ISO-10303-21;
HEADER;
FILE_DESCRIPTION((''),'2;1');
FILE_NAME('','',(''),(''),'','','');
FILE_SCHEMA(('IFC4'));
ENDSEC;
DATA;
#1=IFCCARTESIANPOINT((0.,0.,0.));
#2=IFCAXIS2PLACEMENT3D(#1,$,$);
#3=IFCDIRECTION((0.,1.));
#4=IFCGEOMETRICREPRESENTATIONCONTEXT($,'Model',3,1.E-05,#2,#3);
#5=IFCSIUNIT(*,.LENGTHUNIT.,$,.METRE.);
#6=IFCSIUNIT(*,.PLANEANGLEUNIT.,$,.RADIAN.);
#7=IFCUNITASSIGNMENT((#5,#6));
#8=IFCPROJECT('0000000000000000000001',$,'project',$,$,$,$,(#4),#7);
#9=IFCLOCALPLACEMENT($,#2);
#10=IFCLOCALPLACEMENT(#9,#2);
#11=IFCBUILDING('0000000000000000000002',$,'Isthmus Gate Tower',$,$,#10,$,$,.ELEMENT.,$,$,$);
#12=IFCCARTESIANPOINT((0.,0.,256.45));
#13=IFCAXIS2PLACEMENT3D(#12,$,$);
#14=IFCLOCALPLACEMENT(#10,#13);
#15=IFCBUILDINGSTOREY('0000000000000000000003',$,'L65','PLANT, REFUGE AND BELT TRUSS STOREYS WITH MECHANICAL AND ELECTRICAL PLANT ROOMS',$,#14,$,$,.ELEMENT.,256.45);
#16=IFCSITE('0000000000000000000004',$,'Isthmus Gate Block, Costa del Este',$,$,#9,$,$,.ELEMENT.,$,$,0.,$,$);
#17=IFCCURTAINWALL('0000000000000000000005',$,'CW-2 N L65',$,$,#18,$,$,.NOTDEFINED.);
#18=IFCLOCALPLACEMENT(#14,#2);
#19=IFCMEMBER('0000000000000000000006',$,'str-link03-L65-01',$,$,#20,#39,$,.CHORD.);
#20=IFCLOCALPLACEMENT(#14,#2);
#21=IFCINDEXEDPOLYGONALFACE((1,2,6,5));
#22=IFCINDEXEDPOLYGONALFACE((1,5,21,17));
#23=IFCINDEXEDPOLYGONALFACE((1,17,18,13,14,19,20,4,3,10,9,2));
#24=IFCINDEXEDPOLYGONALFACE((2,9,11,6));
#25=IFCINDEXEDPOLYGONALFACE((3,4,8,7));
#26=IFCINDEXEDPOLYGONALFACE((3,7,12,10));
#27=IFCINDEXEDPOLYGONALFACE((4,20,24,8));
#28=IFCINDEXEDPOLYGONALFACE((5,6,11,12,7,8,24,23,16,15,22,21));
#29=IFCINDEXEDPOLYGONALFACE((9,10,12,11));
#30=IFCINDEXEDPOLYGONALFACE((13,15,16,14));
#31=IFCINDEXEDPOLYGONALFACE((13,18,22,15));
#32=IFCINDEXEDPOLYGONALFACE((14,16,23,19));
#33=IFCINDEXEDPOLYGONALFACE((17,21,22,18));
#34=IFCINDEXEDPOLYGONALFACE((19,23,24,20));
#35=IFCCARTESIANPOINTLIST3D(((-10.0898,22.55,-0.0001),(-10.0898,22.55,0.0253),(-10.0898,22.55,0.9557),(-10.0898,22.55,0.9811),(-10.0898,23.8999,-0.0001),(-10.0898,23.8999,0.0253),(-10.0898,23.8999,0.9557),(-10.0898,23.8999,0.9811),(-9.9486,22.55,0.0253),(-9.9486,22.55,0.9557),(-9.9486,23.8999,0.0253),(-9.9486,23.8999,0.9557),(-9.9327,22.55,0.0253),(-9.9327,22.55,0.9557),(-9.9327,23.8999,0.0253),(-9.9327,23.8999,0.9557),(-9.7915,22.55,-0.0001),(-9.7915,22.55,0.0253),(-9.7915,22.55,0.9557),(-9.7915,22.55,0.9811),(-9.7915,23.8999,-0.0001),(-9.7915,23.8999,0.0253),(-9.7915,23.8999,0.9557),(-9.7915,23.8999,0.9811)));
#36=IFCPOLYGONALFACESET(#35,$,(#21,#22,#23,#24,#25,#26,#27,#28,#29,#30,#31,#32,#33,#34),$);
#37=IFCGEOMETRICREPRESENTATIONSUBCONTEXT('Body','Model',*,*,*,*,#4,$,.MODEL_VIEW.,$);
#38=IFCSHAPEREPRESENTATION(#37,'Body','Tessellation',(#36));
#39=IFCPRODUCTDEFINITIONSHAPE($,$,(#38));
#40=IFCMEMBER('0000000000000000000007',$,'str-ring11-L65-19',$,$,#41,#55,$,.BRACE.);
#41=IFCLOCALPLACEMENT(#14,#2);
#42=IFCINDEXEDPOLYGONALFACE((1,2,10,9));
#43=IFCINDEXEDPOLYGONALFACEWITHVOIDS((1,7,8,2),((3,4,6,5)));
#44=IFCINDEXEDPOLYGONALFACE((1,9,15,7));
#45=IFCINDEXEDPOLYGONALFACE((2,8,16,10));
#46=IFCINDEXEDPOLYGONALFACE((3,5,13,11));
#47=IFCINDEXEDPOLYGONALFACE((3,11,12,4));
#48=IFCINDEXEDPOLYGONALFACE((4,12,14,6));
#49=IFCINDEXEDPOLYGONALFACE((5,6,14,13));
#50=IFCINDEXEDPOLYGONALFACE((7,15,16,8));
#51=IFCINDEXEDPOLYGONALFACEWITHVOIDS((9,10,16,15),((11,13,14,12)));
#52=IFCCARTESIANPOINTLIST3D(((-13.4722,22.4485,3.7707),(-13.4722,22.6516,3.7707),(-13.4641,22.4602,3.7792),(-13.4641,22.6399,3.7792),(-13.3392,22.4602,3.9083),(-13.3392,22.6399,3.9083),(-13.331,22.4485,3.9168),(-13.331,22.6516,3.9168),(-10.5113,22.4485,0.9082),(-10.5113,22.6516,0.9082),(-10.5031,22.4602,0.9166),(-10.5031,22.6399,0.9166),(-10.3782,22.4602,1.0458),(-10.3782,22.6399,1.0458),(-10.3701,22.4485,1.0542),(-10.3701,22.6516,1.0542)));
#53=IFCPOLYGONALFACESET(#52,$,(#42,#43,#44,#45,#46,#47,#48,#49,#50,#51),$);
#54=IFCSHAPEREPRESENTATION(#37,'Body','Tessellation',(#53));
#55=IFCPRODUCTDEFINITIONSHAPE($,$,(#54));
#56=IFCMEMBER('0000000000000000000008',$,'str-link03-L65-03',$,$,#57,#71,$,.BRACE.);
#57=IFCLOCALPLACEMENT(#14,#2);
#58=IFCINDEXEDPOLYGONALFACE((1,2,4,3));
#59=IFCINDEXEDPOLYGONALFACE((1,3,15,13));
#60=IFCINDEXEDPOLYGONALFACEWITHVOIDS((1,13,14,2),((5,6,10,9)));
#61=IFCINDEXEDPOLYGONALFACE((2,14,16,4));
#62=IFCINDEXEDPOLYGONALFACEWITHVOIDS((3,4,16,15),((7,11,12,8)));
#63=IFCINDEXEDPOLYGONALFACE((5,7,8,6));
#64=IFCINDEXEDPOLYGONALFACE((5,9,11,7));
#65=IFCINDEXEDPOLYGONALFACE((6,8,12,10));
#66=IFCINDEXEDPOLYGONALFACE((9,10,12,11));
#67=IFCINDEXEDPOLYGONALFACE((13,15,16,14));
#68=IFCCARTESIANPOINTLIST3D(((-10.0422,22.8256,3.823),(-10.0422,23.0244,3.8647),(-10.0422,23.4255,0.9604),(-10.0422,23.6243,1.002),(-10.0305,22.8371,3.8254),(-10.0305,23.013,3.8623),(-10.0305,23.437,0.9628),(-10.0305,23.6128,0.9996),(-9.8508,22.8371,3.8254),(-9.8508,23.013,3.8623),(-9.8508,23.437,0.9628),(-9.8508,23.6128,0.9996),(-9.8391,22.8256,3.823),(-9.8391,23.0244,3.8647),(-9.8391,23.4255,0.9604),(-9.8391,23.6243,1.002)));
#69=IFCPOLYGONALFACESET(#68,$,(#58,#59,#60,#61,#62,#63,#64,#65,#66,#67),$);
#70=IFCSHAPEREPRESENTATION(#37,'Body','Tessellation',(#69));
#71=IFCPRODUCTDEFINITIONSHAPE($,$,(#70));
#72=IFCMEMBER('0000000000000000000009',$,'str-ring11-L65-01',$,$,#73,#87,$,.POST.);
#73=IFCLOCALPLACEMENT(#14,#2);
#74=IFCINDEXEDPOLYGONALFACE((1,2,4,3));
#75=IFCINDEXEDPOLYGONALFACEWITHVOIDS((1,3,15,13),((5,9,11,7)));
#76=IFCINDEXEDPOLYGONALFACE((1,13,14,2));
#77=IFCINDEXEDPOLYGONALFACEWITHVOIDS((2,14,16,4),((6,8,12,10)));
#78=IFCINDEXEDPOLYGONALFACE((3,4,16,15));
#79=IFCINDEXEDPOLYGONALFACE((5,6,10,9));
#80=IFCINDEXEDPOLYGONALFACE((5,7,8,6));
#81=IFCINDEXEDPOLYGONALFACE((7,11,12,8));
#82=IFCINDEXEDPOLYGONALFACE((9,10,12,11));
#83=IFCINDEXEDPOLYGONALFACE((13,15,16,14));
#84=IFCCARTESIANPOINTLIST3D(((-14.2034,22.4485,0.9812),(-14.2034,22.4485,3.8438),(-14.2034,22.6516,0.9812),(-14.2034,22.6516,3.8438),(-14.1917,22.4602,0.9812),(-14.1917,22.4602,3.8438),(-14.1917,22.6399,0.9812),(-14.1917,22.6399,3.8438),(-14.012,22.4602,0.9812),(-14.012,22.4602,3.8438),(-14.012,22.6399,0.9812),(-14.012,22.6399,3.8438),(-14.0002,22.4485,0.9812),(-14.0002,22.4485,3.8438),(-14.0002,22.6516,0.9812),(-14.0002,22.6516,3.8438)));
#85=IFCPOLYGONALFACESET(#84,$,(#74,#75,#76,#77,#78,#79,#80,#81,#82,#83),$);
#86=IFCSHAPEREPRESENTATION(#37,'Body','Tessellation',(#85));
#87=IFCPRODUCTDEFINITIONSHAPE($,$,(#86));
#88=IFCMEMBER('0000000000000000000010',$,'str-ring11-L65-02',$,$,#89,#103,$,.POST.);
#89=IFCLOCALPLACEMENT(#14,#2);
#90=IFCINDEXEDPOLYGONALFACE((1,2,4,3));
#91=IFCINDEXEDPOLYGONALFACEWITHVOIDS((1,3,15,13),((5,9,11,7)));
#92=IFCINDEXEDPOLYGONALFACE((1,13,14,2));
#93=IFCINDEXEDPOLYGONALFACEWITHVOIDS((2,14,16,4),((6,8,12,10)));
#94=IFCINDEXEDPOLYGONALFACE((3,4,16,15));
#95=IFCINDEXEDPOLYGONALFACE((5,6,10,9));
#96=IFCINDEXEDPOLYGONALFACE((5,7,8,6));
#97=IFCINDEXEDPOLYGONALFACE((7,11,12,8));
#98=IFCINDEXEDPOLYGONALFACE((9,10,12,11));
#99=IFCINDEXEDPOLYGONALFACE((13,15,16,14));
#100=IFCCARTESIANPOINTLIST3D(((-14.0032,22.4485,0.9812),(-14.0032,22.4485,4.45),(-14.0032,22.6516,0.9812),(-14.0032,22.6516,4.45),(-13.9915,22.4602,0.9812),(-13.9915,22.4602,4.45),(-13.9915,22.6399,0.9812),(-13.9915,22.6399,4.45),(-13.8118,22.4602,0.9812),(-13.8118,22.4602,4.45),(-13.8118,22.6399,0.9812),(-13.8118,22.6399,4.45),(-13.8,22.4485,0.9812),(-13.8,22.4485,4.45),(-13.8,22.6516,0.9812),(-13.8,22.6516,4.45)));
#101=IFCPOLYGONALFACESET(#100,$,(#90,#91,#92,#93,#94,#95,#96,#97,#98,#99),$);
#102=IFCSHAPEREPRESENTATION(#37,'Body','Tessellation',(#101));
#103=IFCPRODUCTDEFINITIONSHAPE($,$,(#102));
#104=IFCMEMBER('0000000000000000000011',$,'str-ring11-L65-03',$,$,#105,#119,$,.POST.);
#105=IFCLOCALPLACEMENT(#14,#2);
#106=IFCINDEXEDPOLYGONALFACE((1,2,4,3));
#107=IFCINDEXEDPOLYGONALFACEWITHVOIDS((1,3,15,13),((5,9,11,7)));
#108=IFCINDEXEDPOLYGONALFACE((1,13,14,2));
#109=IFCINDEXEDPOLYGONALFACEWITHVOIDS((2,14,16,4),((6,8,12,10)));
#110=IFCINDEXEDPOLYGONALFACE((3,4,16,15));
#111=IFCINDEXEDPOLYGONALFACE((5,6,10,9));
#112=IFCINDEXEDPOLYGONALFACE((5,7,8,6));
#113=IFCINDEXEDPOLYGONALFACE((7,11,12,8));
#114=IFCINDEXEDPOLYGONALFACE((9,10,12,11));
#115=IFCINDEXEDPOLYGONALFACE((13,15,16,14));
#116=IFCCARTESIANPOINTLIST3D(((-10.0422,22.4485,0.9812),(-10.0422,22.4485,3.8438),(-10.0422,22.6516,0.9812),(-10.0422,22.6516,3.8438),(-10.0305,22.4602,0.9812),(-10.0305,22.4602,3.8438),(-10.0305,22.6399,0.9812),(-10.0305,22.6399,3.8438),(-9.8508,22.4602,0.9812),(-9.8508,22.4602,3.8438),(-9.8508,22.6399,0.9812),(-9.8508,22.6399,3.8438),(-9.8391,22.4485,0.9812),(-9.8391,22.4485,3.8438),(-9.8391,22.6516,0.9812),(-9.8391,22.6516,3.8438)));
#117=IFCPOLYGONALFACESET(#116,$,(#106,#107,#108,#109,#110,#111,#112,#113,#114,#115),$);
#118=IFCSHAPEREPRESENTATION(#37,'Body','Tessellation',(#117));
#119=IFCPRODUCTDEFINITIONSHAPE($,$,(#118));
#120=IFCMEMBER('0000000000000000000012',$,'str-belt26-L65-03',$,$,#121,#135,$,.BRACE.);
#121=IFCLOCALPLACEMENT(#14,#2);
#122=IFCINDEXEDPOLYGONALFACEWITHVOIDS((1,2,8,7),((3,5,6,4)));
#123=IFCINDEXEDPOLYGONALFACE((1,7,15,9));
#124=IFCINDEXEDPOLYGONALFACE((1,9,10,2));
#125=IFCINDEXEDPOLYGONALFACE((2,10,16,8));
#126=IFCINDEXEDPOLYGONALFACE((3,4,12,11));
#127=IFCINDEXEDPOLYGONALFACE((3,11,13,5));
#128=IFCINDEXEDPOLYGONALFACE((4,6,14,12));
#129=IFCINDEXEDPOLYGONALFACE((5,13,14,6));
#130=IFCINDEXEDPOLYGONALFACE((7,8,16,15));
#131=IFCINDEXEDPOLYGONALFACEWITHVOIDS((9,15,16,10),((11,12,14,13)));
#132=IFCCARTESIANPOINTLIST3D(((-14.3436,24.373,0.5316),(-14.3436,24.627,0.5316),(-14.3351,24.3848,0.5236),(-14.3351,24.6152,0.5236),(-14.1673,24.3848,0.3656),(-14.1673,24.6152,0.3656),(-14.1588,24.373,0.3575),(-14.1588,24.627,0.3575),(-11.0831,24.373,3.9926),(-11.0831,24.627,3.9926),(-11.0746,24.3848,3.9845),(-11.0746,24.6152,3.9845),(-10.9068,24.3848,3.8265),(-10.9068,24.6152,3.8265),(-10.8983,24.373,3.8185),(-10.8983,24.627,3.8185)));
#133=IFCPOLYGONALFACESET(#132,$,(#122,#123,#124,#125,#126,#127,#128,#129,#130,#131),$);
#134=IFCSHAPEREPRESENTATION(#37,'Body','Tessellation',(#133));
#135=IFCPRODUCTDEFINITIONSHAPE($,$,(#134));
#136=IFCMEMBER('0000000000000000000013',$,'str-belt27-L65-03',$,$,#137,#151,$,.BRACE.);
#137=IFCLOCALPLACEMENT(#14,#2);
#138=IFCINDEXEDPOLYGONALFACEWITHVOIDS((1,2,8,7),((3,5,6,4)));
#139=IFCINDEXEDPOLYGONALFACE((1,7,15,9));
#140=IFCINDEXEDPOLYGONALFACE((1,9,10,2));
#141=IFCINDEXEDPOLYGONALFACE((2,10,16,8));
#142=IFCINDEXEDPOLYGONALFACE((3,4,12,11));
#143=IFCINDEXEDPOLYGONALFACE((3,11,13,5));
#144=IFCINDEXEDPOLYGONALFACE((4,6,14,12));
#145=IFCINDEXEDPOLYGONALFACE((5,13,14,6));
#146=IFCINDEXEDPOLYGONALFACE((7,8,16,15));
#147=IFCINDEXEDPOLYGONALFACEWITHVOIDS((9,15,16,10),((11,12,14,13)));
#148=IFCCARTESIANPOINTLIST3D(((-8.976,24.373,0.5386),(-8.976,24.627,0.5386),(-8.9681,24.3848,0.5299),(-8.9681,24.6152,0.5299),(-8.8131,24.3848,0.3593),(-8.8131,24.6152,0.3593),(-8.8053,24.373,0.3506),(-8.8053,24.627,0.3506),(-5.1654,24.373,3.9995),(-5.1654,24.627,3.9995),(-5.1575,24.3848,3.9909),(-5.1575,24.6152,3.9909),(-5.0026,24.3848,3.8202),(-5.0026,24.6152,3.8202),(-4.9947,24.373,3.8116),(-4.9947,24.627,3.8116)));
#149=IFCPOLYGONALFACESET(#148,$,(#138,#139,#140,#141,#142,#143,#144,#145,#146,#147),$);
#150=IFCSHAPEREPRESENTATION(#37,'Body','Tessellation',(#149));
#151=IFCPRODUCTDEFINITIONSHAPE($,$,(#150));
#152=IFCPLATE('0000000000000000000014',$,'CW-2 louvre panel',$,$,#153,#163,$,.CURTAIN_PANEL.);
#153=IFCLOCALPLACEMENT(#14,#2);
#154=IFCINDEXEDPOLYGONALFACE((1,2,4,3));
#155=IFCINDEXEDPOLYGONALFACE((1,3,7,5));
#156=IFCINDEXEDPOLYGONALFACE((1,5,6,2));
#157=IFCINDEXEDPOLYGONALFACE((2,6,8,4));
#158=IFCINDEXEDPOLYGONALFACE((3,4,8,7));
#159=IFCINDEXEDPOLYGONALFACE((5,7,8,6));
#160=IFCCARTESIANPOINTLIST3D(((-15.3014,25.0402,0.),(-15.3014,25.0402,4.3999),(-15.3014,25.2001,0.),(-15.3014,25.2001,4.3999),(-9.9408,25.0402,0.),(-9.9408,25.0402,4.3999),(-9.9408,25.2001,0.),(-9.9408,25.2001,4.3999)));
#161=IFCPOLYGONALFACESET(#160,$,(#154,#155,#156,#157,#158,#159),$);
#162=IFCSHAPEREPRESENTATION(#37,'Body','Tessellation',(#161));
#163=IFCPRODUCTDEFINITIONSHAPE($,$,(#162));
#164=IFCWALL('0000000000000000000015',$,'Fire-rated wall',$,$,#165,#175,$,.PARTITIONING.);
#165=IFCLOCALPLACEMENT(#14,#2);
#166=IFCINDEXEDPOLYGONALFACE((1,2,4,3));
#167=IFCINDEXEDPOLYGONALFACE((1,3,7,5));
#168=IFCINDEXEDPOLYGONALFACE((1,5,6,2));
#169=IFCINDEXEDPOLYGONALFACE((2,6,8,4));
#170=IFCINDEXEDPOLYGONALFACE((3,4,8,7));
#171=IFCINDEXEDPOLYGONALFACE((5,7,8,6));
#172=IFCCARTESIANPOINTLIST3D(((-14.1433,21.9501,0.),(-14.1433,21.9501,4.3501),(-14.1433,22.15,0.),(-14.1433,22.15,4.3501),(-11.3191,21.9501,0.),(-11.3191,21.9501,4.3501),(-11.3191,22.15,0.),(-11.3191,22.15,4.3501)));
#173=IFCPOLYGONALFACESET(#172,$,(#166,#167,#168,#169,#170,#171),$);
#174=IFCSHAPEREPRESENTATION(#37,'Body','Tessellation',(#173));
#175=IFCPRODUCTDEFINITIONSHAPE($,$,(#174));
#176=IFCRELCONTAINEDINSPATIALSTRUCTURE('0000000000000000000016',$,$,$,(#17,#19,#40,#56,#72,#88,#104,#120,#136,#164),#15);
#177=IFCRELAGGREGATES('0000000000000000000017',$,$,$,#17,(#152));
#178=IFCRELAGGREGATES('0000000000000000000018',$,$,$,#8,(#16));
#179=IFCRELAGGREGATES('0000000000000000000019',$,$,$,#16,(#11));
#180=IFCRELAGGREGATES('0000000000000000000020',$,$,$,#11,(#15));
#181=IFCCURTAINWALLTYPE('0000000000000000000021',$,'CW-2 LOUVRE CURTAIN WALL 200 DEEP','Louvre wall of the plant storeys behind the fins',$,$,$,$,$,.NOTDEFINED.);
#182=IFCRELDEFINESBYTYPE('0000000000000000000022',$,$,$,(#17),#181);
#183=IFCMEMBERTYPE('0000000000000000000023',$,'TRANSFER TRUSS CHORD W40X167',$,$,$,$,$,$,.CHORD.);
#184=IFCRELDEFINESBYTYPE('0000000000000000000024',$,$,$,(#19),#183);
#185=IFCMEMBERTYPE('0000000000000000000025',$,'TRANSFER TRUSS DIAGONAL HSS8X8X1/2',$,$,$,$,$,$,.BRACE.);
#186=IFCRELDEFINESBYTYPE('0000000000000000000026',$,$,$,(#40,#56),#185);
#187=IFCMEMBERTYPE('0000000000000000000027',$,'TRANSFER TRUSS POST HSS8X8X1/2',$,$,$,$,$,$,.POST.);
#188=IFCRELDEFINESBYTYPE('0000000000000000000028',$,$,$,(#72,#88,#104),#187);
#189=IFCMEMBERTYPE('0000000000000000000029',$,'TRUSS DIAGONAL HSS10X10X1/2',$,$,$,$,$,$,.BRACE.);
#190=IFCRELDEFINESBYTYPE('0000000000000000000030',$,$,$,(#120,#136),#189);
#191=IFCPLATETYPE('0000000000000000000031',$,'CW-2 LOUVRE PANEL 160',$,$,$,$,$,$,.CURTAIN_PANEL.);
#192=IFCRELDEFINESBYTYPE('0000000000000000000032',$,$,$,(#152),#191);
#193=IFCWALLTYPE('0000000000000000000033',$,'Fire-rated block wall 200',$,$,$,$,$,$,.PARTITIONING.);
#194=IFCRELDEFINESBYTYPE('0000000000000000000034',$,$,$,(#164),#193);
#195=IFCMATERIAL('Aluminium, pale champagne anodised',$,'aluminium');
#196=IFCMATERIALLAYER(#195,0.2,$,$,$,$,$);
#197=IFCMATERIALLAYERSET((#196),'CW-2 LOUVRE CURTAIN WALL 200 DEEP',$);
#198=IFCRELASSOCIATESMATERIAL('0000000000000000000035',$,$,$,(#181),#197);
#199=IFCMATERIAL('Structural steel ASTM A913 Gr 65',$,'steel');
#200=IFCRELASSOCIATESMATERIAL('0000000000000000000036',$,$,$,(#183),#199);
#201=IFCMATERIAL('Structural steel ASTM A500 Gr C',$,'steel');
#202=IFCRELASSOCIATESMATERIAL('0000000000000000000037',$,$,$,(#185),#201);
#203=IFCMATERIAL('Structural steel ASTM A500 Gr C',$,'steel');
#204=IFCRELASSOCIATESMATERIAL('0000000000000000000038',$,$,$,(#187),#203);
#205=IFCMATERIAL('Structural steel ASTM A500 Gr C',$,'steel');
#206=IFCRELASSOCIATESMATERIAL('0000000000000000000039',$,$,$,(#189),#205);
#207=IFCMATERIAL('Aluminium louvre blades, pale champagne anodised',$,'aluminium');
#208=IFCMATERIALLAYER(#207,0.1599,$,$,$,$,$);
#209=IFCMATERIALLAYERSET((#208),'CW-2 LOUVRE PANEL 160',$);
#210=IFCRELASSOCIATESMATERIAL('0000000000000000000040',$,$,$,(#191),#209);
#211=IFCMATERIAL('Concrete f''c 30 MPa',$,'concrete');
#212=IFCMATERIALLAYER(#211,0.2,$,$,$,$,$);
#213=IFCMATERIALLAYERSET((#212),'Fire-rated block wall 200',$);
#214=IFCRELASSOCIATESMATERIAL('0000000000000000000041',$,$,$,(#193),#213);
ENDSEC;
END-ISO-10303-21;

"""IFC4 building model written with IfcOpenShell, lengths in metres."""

from ifc_helpers import new_model, si_unit, direction, frame, frame_2d, origin, origin_2d, place, context, subcontext, project, spatial, rectangle, hollow_rectangle, i_section, extrude, material, layer, layer_set, material_profile, profile_set, type_object, element, aggregate, save


model = new_model("IFC4")

# Units and contexts
model_context = context("Model", 3, precision=1e-05, world=origin(), true_north=direction((0.0, 1.0)))
body_context = subcontext(model_context, "Body", "Model", "MODEL_VIEW")
ifc_project = project(units=[si_unit("LENGTHUNIT", "METRE"), si_unit("PLANEANGLEUNIT", "RADIAN")], contexts=[model_context])

# Site, building, storey
site_placement = place(None, origin())
site = spatial("IfcSite", under=ifc_project, at=site_placement, Name="Isthmus Gate Block, Costa del Este", CompositionType="ELEMENT", RefElevation=0.0)
building_placement = place(site_placement, origin())
building = spatial("IfcBuilding", under=site, at=building_placement, Name="Isthmus Gate Tower", CompositionType="ELEMENT")
storey_placement = place(building_placement, frame((0.0, 0.0, 256.45)))
storey = spatial("IfcBuildingStorey", under=building, at=storey_placement, Name="L65", Description="PLANT, REFUGE AND BELT TRUSS STOREYS WITH MECHANICAL AND ELECTRICAL PLANT ROOMS", CompositionType="ELEMENT", Elevation=256.45)

# Curtain wall
ifc_material_1 = material(Name="Aluminium, pale champagne anodised", Category="aluminium")
ifc_layer_1 = layer(ifc_material_1, 0.2)
ifc_layer_set_1 = layer_set([ifc_layer_1], Name="CW-2 LOUVRE CURTAIN WALL 200 DEEP")
curtain_wall_type = type_object("IfcCurtainWallType", Name="CW-2 LOUVRE CURTAIN WALL 200 DEEP", Description="Louvre wall of the plant storeys behind the fins", PredefinedType="NOTDEFINED", material=ifc_layer_set_1)
curtain_wall_placement = place(storey_placement, origin())
curtain_wall = element("IfcCurtainWall", 1, at=curtain_wall_placement, inside=storey, type_object=curtain_wall_type, Name="CW-2 N L65", PredefinedType="NOTDEFINED")

# Members
ifc_material_2 = material(Name="Structural steel ASTM A913 Gr 65", Category="steel")
ifc_material_profile_1 = material_profile(ifc_material_2, i_section(OverallWidth=0.2983, OverallDepth=0.9812, WebThickness=0.0159, FlangeThickness=0.0254, at=origin_2d()), Name="W40X167")
ifc_profile_set_1 = profile_set([ifc_material_profile_1], Name="Structural steel ASTM A913 Gr 65")
member_type_1 = type_object("IfcMemberType", Name="TRANSFER TRUSS CHORD W40X167", PredefinedType="CHORD", material=ifc_profile_set_1)
member_1_placement = place(storey_placement, frame((-9.9407, 23.8999, 0.4905), z_axis=(0.0, -1.0, 0.0), x_axis=(1.0, 0.0, 0.0)))
element("IfcMember", 2, at=member_1_placement, inside=storey, type_object=member_type_1, Name="str-link03-L65-01", PredefinedType="CHORD", context=body_context, shape_type="SweptSolid", body=[
    extrude(i_section(OverallWidth=0.2983, OverallDepth=0.9812, WebThickness=0.0159, FlangeThickness=0.0254, at=origin_2d()), origin(), (0.0, 0.0, 1.0), 1.3499),
])
ifc_material_3 = material(Name="Structural steel ASTM A500 Gr C", Category="steel")
ifc_material_profile_2 = material_profile(ifc_material_3, hollow_rectangle(XDim=0.2031, YDim=0.2031, WallThickness=0.0117, at=origin_2d()), Name="HSS8X8X1/2")
ifc_profile_set_2 = profile_set([ifc_material_profile_2], Name="Structural steel ASTM A500 Gr C")
member_type_2 = type_object("IfcMemberType", Name="TRANSFER TRUSS DIAGONAL HSS8X8X1/2", PredefinedType="BRACE", material=ifc_profile_set_2)
member_2_placement = place(storey_placement, frame((-10.4407, 22.55, 0.9812), z_axis=(-0.718951, 0.0, 0.695061), x_axis=(0.0, -1.0, 0.0)))
element("IfcMember", 3, at=member_2_placement, inside=storey, type_object=member_type_2, Name="str-ring11-L65-19", PredefinedType="BRACE", context=body_context, shape_type="SweptSolid", body=[
    extrude(hollow_rectangle(XDim=0.2031, YDim=0.2031, WallThickness=0.0117, at=origin_2d()), origin(), (0.0, 0.0, 1.0), 4.1184),
])
member_3_placement = place(storey_placement, frame((-9.9407, 23.5249, 0.9812), z_axis=(0.0, -0.205097, 0.978742), x_axis=(1.0, 0.0, 0.0)))
element("IfcMember", 4, at=member_3_placement, inside=storey, type_object=member_type_2, Name="str-link03-L65-03", PredefinedType="BRACE", context=body_context, shape_type="SweptSolid", body=[
    extrude(hollow_rectangle(XDim=0.2031, YDim=0.2031, WallThickness=0.0117, at=origin_2d()), origin(), (0.0, 0.0, 1.0), 2.9248),
])
ifc_material_4 = material(Name="Structural steel ASTM A500 Gr C", Category="steel")
ifc_material_profile_3 = material_profile(ifc_material_4, hollow_rectangle(XDim=0.2031, YDim=0.2031, WallThickness=0.0117, at=origin_2d()), Name="HSS8X8X1/2")
ifc_profile_set_3 = profile_set([ifc_material_profile_3], Name="Structural steel ASTM A500 Gr C")
member_type_3 = type_object("IfcMemberType", Name="TRANSFER TRUSS POST HSS8X8X1/2", PredefinedType="POST", material=ifc_profile_set_3)
member_4_placement = place(storey_placement, frame((-14.1018, 22.55, 0.9812), z_axis=(0.0, 0.0, 1.0), x_axis=(1.0, 0.0, 0.0)))
element("IfcMember", 5, at=member_4_placement, inside=storey, type_object=member_type_3, Name="str-ring11-L65-01", PredefinedType="POST", context=body_context, shape_type="SweptSolid", body=[
    extrude(hollow_rectangle(XDim=0.2031, YDim=0.2031, WallThickness=0.0117, at=origin_2d()), origin(), (0.0, 0.0, 1.0), 2.8625),
])
member_5_placement = place(storey_placement, frame((-13.9016, 22.55, 0.9812), z_axis=(0.0, 0.0, 1.0), x_axis=(1.0, 0.0, 0.0)))
element("IfcMember", 6, at=member_5_placement, inside=storey, type_object=member_type_3, Name="str-ring11-L65-02", PredefinedType="POST", context=body_context, shape_type="SweptSolid", body=[
    extrude(hollow_rectangle(XDim=0.2031, YDim=0.2031, WallThickness=0.0117, at=origin_2d()), origin(), (0.0, 0.0, 1.0), 3.4688),
])
member_6_placement = place(storey_placement, frame((-9.9407, 22.55, 0.9812), z_axis=(0.0, 0.0, 1.0), x_axis=(1.0, 0.0, 0.0)))
element("IfcMember", 7, at=member_6_placement, inside=storey, type_object=member_type_3, Name="str-ring11-L65-03", PredefinedType="POST", context=body_context, shape_type="SweptSolid", body=[
    extrude(hollow_rectangle(XDim=0.2031, YDim=0.2031, WallThickness=0.0117, at=origin_2d()), origin(), (0.0, 0.0, 1.0), 2.8625),
])
ifc_material_5 = material(Name="Structural steel ASTM A500 Gr C", Category="steel")
ifc_material_profile_4 = material_profile(ifc_material_5, hollow_rectangle(XDim=0.2539, YDim=0.2539, WallThickness=0.0117, at=origin_2d()), Name="HSS10X10X1/2")
ifc_profile_set_4 = profile_set([ifc_material_profile_4], Name="Structural steel ASTM A500 Gr C")
member_type_4 = type_object("IfcMemberType", Name="TRUSS DIAGONAL HSS10X10X1/2", PredefinedType="BRACE", material=ifc_profile_set_4)
member_7_placement = place(storey_placement, frame((-14.2512, 24.5, 0.4446), z_axis=(0.685715, 0.0, 0.72787), x_axis=(0.0, 1.0, 0.0)))
element("IfcMember", 8, at=member_7_placement, inside=storey, type_object=member_type_4, Name="str-belt26-L65-03", PredefinedType="BRACE", context=body_context, shape_type="SweptSolid", body=[
    extrude(hollow_rectangle(XDim=0.2539, YDim=0.2539, WallThickness=0.0117, at=origin_2d()), origin(), (0.0, 0.0, 1.0), 4.7549),
])
member_8_placement = place(storey_placement, frame((-8.8906, 24.5, 0.4446), z_axis=(0.740249, 0.0, 0.672333), x_axis=(0.0, 1.0, 0.0)))
element("IfcMember", 9, at=member_8_placement, inside=storey, type_object=member_type_4, Name="str-belt27-L65-03", PredefinedType="BRACE", context=body_context, shape_type="SweptSolid", body=[
    extrude(hollow_rectangle(XDim=0.2539, YDim=0.2539, WallThickness=0.0117, at=origin_2d()), origin(), (0.0, 0.0, 1.0), 5.1477),
])

# Plate
ifc_material_6 = material(Name="Aluminium louvre blades, pale champagne anodised", Category="aluminium")
ifc_layer_2 = layer(ifc_material_6, 0.1599)
ifc_layer_set_2 = layer_set([ifc_layer_2], Name="CW-2 LOUVRE PANEL 160")
plate_type = type_object("IfcPlateType", Name="CW-2 LOUVRE PANEL 160", PredefinedType="CURTAIN_PANEL", material=ifc_layer_set_2)
plate_placement = place(storey_placement, frame((-12.6211, 25.1201, 0.0), z_axis=(0.0, 0.0, 1.0), x_axis=(-1.0, 0.0, 0.0)))
plate = element("IfcPlate", 10, at=plate_placement, type_object=plate_type, Name="CW-2 louvre panel", PredefinedType="CURTAIN_PANEL", context=body_context, shape_type="SweptSolid", body=[
    extrude(rectangle(XDim=5.3606, YDim=0.1599, at=origin_2d()), origin(), (0.0, 0.0, 1.0), 4.3999),
])
aggregate(curtain_wall, [plate])

# Wall
ifc_material_7 = material(Name="Concrete f'c 30 MPa", Category="concrete")
ifc_layer_3 = layer(ifc_material_7, 0.2)
ifc_layer_set_3 = layer_set([ifc_layer_3], Name="Fire-rated block wall 200")
wall_type = type_object("IfcWallType", Name="Fire-rated block wall 200", PredefinedType="PARTITIONING", material=ifc_layer_set_3)
wall_1_placement = place(storey_placement, frame((-14.1433, 22.05, 0.0), z_axis=(0.0, 0.0, 1.0), x_axis=(1.0, 0.0, 0.0)))
element("IfcWall", 11, at=wall_1_placement, inside=storey, type_object=wall_type, Name="Fire-rated wall", PredefinedType="PARTITIONING", context=body_context, shape_type="SweptSolid", body=[
    extrude(rectangle(XDim=2.8242, YDim=0.2, at=frame_2d((1.4121, 0.0))), origin(), (0.0, 0.0, 1.0), 4.3501),
])

save(model, "model.ifc")
